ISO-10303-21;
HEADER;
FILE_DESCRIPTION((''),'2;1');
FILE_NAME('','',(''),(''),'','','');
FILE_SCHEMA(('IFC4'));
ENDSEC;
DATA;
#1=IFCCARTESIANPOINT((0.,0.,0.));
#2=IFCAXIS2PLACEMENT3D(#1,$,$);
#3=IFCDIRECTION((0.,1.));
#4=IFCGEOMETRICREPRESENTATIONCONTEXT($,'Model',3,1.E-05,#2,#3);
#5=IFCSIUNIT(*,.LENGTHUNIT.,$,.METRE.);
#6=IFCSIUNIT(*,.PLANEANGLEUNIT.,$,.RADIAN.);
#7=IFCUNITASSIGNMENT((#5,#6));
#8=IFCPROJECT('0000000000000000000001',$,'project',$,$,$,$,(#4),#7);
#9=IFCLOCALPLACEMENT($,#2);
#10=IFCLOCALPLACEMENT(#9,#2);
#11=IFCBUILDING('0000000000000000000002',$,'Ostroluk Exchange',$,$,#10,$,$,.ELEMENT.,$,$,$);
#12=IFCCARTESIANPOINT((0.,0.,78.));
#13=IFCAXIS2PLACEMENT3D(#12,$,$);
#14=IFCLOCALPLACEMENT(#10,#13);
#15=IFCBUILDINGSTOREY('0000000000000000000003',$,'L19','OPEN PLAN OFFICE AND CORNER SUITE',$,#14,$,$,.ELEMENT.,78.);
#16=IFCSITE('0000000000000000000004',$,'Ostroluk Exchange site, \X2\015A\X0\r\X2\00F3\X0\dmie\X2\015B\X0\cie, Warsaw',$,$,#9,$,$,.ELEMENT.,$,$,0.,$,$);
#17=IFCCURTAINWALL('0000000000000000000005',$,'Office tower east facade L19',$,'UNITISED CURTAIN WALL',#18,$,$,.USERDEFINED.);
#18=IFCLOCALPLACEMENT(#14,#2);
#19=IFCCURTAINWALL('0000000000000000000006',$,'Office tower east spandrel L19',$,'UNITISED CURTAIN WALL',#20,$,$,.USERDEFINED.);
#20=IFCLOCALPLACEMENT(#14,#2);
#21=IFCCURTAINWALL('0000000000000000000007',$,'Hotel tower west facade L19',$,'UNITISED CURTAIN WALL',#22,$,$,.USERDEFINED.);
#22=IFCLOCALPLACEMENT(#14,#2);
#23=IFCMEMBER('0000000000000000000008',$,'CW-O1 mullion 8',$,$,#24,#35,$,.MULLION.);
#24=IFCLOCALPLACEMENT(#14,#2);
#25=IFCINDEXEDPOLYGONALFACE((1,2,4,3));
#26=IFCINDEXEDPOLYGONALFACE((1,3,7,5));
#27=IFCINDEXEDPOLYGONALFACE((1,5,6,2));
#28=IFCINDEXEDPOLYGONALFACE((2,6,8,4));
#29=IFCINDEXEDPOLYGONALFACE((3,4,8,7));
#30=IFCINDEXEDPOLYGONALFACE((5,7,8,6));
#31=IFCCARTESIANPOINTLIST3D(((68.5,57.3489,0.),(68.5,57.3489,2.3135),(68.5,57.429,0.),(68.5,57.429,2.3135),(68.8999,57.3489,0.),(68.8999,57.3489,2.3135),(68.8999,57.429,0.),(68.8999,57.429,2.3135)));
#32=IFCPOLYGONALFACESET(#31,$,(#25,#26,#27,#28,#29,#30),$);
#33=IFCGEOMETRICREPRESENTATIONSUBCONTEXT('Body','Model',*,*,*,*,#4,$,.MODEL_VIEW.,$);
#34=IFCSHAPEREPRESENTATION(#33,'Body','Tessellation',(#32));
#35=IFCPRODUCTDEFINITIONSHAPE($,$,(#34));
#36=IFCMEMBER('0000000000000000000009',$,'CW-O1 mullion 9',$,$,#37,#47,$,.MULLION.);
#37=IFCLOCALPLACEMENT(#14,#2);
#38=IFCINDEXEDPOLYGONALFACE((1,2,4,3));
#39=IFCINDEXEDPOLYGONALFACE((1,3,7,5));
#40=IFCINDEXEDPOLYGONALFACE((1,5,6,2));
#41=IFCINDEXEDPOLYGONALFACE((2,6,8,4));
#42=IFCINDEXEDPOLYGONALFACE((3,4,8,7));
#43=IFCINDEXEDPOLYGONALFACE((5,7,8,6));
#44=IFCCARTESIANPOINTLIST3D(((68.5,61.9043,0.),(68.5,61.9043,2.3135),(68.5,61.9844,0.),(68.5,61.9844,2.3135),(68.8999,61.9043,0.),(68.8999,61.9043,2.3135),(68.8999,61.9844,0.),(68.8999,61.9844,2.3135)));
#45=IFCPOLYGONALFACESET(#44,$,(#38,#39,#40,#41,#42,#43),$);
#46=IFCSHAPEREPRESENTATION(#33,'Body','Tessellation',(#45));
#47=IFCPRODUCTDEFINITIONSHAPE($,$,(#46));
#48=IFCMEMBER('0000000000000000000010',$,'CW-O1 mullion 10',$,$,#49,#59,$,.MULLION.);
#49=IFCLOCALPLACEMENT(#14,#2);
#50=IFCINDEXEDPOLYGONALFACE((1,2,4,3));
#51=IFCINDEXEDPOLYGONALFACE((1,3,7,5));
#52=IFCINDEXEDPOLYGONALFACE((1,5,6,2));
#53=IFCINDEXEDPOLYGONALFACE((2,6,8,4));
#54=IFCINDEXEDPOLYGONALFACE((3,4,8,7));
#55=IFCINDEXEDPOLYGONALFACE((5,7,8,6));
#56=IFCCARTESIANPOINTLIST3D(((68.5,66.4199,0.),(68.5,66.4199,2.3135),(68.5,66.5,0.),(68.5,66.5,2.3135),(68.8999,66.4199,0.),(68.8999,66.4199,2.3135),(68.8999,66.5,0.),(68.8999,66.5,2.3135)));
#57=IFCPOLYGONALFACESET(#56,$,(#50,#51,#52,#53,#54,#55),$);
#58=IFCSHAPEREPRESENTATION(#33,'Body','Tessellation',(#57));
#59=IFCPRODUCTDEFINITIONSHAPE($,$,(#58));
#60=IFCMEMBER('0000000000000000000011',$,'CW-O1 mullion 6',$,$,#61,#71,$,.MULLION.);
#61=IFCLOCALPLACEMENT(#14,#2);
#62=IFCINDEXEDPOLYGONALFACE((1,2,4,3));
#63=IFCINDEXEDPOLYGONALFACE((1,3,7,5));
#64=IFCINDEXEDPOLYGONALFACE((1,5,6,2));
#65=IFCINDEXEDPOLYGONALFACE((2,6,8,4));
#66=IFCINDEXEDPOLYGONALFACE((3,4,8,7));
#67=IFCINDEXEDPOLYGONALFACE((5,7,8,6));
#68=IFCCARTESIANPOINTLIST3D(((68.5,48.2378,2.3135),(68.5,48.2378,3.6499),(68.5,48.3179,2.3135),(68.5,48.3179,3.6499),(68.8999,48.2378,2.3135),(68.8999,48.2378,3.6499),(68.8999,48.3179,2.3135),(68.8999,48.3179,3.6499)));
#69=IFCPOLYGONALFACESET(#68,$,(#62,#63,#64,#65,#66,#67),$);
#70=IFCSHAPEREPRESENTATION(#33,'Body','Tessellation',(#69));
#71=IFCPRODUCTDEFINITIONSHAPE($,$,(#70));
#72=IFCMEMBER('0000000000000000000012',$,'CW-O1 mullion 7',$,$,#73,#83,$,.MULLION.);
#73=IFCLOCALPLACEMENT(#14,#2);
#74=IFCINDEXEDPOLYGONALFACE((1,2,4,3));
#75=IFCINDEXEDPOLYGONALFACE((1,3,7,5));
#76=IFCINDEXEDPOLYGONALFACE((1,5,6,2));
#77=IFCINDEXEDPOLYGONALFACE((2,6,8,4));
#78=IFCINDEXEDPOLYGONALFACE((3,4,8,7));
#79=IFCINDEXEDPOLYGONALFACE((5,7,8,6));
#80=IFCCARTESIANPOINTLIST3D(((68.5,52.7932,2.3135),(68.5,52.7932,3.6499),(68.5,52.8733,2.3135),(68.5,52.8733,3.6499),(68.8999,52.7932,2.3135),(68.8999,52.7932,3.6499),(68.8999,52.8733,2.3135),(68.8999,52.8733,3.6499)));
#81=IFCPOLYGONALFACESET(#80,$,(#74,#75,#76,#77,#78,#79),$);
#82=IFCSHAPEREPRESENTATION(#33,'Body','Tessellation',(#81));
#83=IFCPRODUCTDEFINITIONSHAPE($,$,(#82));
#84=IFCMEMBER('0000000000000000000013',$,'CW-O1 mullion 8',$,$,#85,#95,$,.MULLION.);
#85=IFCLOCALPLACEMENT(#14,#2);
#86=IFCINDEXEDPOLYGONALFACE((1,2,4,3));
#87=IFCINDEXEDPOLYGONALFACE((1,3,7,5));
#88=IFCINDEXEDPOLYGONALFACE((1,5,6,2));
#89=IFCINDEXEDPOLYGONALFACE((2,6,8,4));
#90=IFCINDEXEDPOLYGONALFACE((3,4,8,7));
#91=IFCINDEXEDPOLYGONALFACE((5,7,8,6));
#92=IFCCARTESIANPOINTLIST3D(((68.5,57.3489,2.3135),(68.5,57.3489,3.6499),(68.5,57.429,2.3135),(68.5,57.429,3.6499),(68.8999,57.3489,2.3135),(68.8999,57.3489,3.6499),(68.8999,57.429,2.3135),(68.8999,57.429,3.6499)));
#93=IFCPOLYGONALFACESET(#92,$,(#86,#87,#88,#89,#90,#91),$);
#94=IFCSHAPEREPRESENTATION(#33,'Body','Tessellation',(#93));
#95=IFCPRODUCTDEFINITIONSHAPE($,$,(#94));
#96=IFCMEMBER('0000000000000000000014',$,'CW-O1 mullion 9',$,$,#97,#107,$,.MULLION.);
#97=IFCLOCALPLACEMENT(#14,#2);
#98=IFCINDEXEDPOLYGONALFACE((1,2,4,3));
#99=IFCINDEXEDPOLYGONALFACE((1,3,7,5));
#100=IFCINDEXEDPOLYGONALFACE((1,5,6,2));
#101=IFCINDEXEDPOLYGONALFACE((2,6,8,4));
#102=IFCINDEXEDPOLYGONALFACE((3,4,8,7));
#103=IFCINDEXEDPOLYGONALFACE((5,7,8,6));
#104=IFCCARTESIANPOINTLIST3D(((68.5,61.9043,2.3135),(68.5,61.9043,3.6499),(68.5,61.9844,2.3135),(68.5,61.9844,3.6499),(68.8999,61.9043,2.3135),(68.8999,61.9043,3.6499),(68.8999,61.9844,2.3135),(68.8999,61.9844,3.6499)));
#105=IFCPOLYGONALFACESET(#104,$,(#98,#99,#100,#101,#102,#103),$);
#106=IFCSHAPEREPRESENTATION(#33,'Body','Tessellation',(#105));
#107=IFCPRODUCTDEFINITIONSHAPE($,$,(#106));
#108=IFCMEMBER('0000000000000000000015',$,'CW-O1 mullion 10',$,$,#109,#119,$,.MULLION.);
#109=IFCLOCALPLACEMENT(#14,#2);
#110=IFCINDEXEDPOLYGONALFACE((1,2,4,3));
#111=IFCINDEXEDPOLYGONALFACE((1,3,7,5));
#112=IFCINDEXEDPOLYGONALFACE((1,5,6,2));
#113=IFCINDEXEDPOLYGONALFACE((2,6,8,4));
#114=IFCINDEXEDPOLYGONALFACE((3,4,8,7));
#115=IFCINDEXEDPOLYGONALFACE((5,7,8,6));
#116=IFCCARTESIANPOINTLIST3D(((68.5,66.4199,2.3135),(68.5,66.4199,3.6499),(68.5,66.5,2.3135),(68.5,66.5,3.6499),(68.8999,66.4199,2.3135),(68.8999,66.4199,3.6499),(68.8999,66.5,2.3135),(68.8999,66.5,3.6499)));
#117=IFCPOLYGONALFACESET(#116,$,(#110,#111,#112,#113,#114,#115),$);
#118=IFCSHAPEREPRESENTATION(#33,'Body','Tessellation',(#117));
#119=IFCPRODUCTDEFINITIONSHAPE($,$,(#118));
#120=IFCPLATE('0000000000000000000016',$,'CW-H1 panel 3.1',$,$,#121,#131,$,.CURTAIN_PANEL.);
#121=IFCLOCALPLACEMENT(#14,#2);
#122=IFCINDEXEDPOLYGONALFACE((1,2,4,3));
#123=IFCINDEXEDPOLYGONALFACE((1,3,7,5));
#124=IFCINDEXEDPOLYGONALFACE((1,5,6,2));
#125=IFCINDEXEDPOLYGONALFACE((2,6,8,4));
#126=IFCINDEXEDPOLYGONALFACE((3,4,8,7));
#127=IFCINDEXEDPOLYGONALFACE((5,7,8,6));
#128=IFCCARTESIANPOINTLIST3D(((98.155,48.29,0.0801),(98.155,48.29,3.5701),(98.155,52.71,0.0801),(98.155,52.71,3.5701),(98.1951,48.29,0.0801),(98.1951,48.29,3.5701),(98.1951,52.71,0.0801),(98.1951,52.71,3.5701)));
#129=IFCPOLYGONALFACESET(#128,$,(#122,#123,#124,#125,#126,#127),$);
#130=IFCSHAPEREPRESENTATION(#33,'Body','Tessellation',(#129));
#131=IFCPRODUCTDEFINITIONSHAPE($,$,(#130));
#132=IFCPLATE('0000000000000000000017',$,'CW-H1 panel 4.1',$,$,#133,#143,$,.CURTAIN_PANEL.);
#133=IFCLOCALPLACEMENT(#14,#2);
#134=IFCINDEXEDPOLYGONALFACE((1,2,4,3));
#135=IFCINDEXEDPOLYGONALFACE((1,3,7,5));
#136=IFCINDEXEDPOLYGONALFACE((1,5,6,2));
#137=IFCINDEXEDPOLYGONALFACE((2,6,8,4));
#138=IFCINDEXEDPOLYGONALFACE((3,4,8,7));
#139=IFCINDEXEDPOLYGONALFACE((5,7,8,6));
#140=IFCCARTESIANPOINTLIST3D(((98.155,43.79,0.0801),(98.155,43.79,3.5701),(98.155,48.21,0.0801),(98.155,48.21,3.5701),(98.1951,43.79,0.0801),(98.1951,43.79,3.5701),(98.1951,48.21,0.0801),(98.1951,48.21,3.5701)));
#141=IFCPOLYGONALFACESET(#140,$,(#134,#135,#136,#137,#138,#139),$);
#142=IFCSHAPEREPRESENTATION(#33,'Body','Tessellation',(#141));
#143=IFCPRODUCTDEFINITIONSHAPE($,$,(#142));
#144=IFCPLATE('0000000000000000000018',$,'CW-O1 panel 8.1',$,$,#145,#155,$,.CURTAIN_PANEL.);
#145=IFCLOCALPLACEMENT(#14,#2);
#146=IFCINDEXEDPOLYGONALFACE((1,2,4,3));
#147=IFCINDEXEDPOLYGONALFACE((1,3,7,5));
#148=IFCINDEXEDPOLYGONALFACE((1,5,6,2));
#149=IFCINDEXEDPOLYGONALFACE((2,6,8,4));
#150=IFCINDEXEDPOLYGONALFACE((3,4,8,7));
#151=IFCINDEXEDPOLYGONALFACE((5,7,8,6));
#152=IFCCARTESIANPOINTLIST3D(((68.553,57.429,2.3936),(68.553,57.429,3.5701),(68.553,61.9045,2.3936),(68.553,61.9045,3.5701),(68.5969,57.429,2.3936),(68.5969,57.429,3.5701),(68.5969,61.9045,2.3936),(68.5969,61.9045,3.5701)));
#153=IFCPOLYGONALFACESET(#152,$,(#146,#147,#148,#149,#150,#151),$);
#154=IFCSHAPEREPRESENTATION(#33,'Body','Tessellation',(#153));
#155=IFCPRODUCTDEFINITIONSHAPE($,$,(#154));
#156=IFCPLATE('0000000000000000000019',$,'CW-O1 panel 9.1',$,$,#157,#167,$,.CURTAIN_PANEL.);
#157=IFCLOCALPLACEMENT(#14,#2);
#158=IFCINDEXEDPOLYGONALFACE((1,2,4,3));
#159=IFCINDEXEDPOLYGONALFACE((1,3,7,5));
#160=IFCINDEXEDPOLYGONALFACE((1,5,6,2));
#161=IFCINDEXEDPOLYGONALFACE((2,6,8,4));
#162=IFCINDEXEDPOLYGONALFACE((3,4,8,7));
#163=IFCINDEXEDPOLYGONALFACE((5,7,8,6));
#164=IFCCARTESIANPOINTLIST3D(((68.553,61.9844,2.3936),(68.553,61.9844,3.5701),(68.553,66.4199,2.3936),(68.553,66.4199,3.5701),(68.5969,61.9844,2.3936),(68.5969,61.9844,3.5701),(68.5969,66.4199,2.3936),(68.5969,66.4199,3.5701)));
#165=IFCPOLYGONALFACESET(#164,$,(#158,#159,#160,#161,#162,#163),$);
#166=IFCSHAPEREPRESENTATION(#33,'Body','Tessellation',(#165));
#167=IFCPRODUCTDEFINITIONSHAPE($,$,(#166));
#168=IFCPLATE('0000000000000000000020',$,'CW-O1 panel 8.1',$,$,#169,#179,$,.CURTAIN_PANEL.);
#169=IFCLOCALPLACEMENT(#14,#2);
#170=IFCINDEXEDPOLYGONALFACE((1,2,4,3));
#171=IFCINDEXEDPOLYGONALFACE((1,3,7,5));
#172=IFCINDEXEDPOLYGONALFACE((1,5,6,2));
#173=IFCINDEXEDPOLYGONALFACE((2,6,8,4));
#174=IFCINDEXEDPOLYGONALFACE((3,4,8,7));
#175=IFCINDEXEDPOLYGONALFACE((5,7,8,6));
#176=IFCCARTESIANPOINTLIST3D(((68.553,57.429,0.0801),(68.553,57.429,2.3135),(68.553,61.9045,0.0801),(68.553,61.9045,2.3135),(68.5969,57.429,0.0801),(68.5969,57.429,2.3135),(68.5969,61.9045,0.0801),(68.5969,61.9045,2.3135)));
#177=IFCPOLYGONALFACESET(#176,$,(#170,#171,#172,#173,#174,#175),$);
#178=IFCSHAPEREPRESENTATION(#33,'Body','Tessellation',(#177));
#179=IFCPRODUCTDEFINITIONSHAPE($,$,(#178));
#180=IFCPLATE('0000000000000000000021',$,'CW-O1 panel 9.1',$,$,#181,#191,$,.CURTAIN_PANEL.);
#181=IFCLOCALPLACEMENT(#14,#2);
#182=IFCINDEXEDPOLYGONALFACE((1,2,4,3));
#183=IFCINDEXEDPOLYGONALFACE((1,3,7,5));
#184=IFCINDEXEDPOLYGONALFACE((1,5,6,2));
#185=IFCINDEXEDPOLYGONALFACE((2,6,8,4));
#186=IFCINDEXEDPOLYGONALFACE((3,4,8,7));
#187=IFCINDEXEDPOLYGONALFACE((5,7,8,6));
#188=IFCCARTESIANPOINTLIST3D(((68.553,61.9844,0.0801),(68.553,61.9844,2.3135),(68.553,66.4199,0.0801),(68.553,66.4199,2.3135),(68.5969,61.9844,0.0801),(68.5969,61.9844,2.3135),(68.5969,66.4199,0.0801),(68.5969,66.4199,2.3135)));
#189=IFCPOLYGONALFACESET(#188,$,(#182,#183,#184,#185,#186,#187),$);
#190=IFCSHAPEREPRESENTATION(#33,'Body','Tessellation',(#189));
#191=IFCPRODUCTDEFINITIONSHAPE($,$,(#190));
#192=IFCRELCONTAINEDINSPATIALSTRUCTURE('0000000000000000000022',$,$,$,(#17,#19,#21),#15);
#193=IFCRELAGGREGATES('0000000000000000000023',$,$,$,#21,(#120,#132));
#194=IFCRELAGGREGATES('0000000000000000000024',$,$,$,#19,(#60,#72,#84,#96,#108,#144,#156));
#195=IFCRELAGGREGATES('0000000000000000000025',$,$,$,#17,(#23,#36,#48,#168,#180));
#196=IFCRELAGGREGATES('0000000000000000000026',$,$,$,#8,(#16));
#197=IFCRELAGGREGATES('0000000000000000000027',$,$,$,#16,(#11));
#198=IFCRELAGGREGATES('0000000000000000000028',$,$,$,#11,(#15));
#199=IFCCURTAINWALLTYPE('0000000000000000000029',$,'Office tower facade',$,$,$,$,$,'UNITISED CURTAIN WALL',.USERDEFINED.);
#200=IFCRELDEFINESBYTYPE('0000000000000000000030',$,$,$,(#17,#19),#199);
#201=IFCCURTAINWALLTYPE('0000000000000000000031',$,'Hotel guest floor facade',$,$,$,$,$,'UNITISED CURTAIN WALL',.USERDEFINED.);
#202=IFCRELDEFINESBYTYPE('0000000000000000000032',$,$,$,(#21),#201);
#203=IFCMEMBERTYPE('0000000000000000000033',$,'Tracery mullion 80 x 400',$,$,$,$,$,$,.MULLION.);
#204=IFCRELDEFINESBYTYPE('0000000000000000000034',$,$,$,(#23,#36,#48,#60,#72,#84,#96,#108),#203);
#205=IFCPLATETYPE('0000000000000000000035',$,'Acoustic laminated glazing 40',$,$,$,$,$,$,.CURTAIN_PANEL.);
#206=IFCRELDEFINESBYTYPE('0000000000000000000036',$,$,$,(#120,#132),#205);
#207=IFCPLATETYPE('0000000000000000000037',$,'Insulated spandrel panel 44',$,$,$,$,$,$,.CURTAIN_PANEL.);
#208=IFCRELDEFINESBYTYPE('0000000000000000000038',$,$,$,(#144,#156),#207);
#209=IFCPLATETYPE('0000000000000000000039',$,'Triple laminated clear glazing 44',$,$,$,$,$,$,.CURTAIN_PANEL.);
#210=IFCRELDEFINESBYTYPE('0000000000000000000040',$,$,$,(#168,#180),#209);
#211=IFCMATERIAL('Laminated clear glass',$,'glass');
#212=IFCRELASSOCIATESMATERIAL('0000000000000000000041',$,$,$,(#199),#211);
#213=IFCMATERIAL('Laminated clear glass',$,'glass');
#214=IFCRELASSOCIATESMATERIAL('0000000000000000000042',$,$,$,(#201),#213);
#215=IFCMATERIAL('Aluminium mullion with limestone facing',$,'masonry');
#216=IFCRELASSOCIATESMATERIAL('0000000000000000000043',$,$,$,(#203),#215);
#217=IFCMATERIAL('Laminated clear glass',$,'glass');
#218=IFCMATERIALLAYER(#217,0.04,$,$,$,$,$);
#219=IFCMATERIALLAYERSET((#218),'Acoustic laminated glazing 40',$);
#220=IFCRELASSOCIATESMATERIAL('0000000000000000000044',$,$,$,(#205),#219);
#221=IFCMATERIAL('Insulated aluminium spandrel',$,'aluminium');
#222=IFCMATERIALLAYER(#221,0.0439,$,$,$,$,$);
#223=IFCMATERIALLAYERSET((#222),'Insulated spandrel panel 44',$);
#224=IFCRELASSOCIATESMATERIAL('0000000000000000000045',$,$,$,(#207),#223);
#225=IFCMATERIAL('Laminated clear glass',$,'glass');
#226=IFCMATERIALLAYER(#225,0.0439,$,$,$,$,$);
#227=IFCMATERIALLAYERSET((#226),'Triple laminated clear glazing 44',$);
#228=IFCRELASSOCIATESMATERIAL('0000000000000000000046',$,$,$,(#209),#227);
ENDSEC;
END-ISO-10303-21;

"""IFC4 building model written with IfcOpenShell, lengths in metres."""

from ifc_helpers import new_model, si_unit, direction, frame, origin, origin_2d, place, context, subcontext, project, spatial, rectangle, extrude, material, layer, layer_set, material_profile, profile_set, type_object, element, aggregate, save


model = new_model("IFC4")

# Units and contexts
model_context = context("Model", 3, precision=1e-05, world=origin(), true_north=direction((0.0, 1.0)))
body_context = subcontext(model_context, "Body", "Model", "MODEL_VIEW")
ifc_project = project(units=[si_unit("LENGTHUNIT", "METRE"), si_unit("PLANEANGLEUNIT", "RADIAN")], contexts=[model_context])

# Site, building, storey
site_placement = place(None, origin())
site = spatial("IfcSite", under=ifc_project, at=site_placement, Name="Ostroluk Exchange site, Śródmieście, Warsaw", CompositionType="ELEMENT", RefElevation=0.0)
building_placement = place(site_placement, origin())
building = spatial("IfcBuilding", under=site, at=building_placement, Name="Ostroluk Exchange", CompositionType="ELEMENT")
storey_placement = place(building_placement, frame((0.0, 0.0, 78.0)))
storey = spatial("IfcBuildingStorey", under=building, at=storey_placement, Name="L19", Description="OPEN PLAN OFFICE AND CORNER SUITE", CompositionType="ELEMENT", Elevation=78.0)

# Curtain wall
ifc_material_1 = material(Name="Laminated clear glass", Category="glass")
curtain_wall_type_1 = type_object("IfcCurtainWallType", Name="Office tower facade", ElementType="UNITISED CURTAIN WALL", PredefinedType="USERDEFINED", material=ifc_material_1)
curtain_wall_1_placement = place(storey_placement, origin())
curtain_wall_1 = element("IfcCurtainWall", 1, at=curtain_wall_1_placement, inside=storey, type_object=curtain_wall_type_1, Name="Office tower east facade L19", ObjectType="UNITISED CURTAIN WALL", PredefinedType="USERDEFINED")

# Curtain walls
curtain_wall_2_placement = place(storey_placement, origin())
curtain_wall_2 = element("IfcCurtainWall", 2, at=curtain_wall_2_placement, inside=storey, type_object=curtain_wall_type_1, Name="Office tower east spandrel L19", ObjectType="UNITISED CURTAIN WALL", PredefinedType="USERDEFINED")
ifc_material_2 = material(Name="Laminated clear glass", Category="glass")
curtain_wall_type_2 = type_object("IfcCurtainWallType", Name="Hotel guest floor facade", ElementType="UNITISED CURTAIN WALL", PredefinedType="USERDEFINED", material=ifc_material_2)
curtain_wall_3_placement = place(storey_placement, origin())
curtain_wall_3 = element("IfcCurtainWall", 3, at=curtain_wall_3_placement, inside=storey, type_object=curtain_wall_type_2, Name="Hotel tower west facade L19", ObjectType="UNITISED CURTAIN WALL", PredefinedType="USERDEFINED")

# Members
ifc_material_3 = material(Name="Aluminium mullion with limestone facing", Category="masonry")
ifc_material_profile_1 = material_profile(ifc_material_3, rectangle(XDim=0.3999, YDim=0.0801, at=origin_2d()), Name="Tracery mullion 80 x 400")
ifc_profile_set_1 = profile_set([ifc_material_profile_1], Name="Aluminium mullion with limestone facing")
member_type_1 = type_object("IfcMemberType", Name="Tracery mullion 80 x 400", PredefinedType="MULLION", material=ifc_profile_set_1)
member_1_placement = place(storey_placement, frame((68.7, 57.3889, 0.0), z_axis=(0.0, 0.0, 1.0), x_axis=(-1.0, 0.0, 0.0)))
member_1 = element("IfcMember", 4, at=member_1_placement, type_object=member_type_1, Name="CW-O1 mullion 8", PredefinedType="MULLION", context=body_context, shape_type="SweptSolid", body=[
    extrude(rectangle(XDim=0.3999, YDim=0.0801, at=origin_2d()), origin(), (0.0, 0.0, 1.0), 2.3135),
])
member_2_placement = place(storey_placement, frame((68.7, 61.9443, 0.0), z_axis=(0.0, 0.0, 1.0), x_axis=(-1.0, 0.0, 0.0)))
member_2 = element("IfcMember", 5, at=member_2_placement, type_object=member_type_1, Name="CW-O1 mullion 9", PredefinedType="MULLION", context=body_context, shape_type="SweptSolid", body=[
    extrude(rectangle(XDim=0.3999, YDim=0.0801, at=origin_2d()), origin(), (0.0, 0.0, 1.0), 2.3135),
])
member_3_placement = place(storey_placement, frame((68.7, 66.46, 0.0), z_axis=(0.0, 0.0, 1.0), x_axis=(-1.0, 0.0, 0.0)))
member_3 = element("IfcMember", 6, at=member_3_placement, type_object=member_type_1, Name="CW-O1 mullion 10", PredefinedType="MULLION", context=body_context, shape_type="SweptSolid", body=[
    extrude(rectangle(XDim=0.3999, YDim=0.0801, at=origin_2d()), origin(), (0.0, 0.0, 1.0), 2.3135),
])
member_4_placement = place(storey_placement, frame((68.7, 48.2778, 2.3135), z_axis=(0.0, 0.0, 1.0), x_axis=(-1.0, 0.0, 0.0)))
member_4 = element("IfcMember", 7, at=member_4_placement, type_object=member_type_1, Name="CW-O1 mullion 6", PredefinedType="MULLION", context=body_context, shape_type="SweptSolid", body=[
    extrude(rectangle(XDim=0.3999, YDim=0.0801, at=origin_2d()), origin(), (0.0, 0.0, 1.0), 1.3364),
])
member_5_placement = place(storey_placement, frame((68.7, 52.8333, 2.3135), z_axis=(0.0, 0.0, 1.0), x_axis=(-1.0, 0.0, 0.0)))
member_5 = element("IfcMember", 8, at=member_5_placement, type_object=member_type_1, Name="CW-O1 mullion 7", PredefinedType="MULLION", context=body_context, shape_type="SweptSolid", body=[
    extrude(rectangle(XDim=0.3999, YDim=0.0801, at=origin_2d()), origin(), (0.0, 0.0, 1.0), 1.3364),
])
member_6_placement = place(storey_placement, frame((68.7, 57.3889, 2.3135), z_axis=(0.0, 0.0, 1.0), x_axis=(-1.0, 0.0, 0.0)))
member_6 = element("IfcMember", 9, at=member_6_placement, type_object=member_type_1, Name="CW-O1 mullion 8", PredefinedType="MULLION", context=body_context, shape_type="SweptSolid", body=[
    extrude(rectangle(XDim=0.3999, YDim=0.0801, at=origin_2d()), origin(), (0.0, 0.0, 1.0), 1.3364),
])
member_7_placement = place(storey_placement, frame((68.7, 61.9443, 2.3135), z_axis=(0.0, 0.0, 1.0), x_axis=(-1.0, 0.0, 0.0)))
member_7 = element("IfcMember", 10, at=member_7_placement, type_object=member_type_1, Name="CW-O1 mullion 9", PredefinedType="MULLION", context=body_context, shape_type="SweptSolid", body=[
    extrude(rectangle(XDim=0.3999, YDim=0.0801, at=origin_2d()), origin(), (0.0, 0.0, 1.0), 1.3364),
])
member_8_placement = place(storey_placement, frame((68.7, 66.46, 2.3135), z_axis=(0.0, 0.0, 1.0), x_axis=(-1.0, 0.0, 0.0)))
member_8 = element("IfcMember", 11, at=member_8_placement, type_object=member_type_1, Name="CW-O1 mullion 10", PredefinedType="MULLION", context=body_context, shape_type="SweptSolid", body=[
    extrude(rectangle(XDim=0.3999, YDim=0.0801, at=origin_2d()), origin(), (0.0, 0.0, 1.0), 1.3364),
])

# Plates
ifc_material_4 = material(Name="Laminated clear glass", Category="glass")
ifc_layer_1 = layer(ifc_material_4, 0.04)
ifc_layer_set_1 = layer_set([ifc_layer_1], Name="Acoustic laminated glazing 40")
plate_type_1 = type_object("IfcPlateType", Name="Acoustic laminated glazing 40", PredefinedType="CURTAIN_PANEL", material=ifc_layer_set_1)
plate_1_placement = place(storey_placement, frame((98.175, 50.5, 0.0801), z_axis=(0.0, 0.0, 1.0), x_axis=(0.0, -1.0, 0.0)))
plate_1 = element("IfcPlate", 12, at=plate_1_placement, type_object=plate_type_1, Name="CW-H1 panel 3.1", PredefinedType="CURTAIN_PANEL", context=body_context, shape_type="SweptSolid", body=[
    extrude(rectangle(XDim=4.4199, YDim=0.04, at=origin_2d()), origin(), (0.0, 0.0, 1.0), 3.49),
])
plate_2_placement = place(storey_placement, frame((98.175, 46.0, 0.0801), z_axis=(0.0, 0.0, 1.0), x_axis=(0.0, -1.0, 0.0)))
plate_2 = element("IfcPlate", 13, at=plate_2_placement, type_object=plate_type_1, Name="CW-H1 panel 4.1", PredefinedType="CURTAIN_PANEL", context=body_context, shape_type="SweptSolid", body=[
    extrude(rectangle(XDim=4.4199, YDim=0.04, at=origin_2d()), origin(), (0.0, 0.0, 1.0), 3.49),
])
aggregate(curtain_wall_3, [plate_1, plate_2])
ifc_material_5 = material(Name="Insulated aluminium spandrel", Category="aluminium")
ifc_layer_2 = layer(ifc_material_5, 0.0439)
ifc_layer_set_2 = layer_set([ifc_layer_2], Name="Insulated spandrel panel 44")
plate_type_2 = type_object("IfcPlateType", Name="Insulated spandrel panel 44", PredefinedType="CURTAIN_PANEL", material=ifc_layer_set_2)
plate_3_placement = place(storey_placement, frame((68.575, 59.6667, 2.3936), z_axis=(0.0, 0.0, 1.0), x_axis=(0.0, 1.0, 0.0)))
plate_3 = element("IfcPlate", 14, at=plate_3_placement, type_object=plate_type_2, Name="CW-O1 panel 8.1", PredefinedType="CURTAIN_PANEL", context=body_context, shape_type="SweptSolid", body=[
    extrude(rectangle(XDim=4.4756, YDim=0.0439, at=origin_2d()), origin(), (0.0, 0.0, 1.0), 1.1765),
])
plate_4_placement = place(storey_placement, frame((68.575, 64.2021, 2.3936), z_axis=(0.0, 0.0, 1.0), x_axis=(0.0, 1.0, 0.0)))
plate_4 = element("IfcPlate", 15, at=plate_4_placement, type_object=plate_type_2, Name="CW-O1 panel 9.1", PredefinedType="CURTAIN_PANEL", context=body_context, shape_type="SweptSolid", body=[
    extrude(rectangle(XDim=4.4355, YDim=0.0439, at=origin_2d()), origin(), (0.0, 0.0, 1.0), 1.1765),
])
aggregate(curtain_wall_2, [member_4, member_5, member_6, member_7, member_8, plate_3, plate_4])
ifc_material_6 = material(Name="Laminated clear glass", Category="glass")
ifc_layer_3 = layer(ifc_material_6, 0.0439)
ifc_layer_set_3 = layer_set([ifc_layer_3], Name="Triple laminated clear glazing 44")
plate_type_3 = type_object("IfcPlateType", Name="Triple laminated clear glazing 44", PredefinedType="CURTAIN_PANEL", material=ifc_layer_set_3)
plate_5_placement = place(storey_placement, frame((68.575, 59.6667, 0.0801), z_axis=(0.0, 0.0, 1.0), x_axis=(0.0, 1.0, 0.0)))
plate_5 = element("IfcPlate", 16, at=plate_5_placement, type_object=plate_type_3, Name="CW-O1 panel 8.1", PredefinedType="CURTAIN_PANEL", context=body_context, shape_type="SweptSolid", body=[
    extrude(rectangle(XDim=4.4756, YDim=0.0439, at=origin_2d()), origin(), (0.0, 0.0, 1.0), 2.2334),
])
plate_6_placement = place(storey_placement, frame((68.575, 64.2021, 0.0801), z_axis=(0.0, 0.0, 1.0), x_axis=(0.0, 1.0, 0.0)))
plate_6 = element("IfcPlate", 17, at=plate_6_placement, type_object=plate_type_3, Name="CW-O1 panel 9.1", PredefinedType="CURTAIN_PANEL", context=body_context, shape_type="SweptSolid", body=[
    extrude(rectangle(XDim=4.4355, YDim=0.0439, at=origin_2d()), origin(), (0.0, 0.0, 1.0), 2.2334),
])
aggregate(curtain_wall_1, [member_1, member_2, member_3, plate_5, plate_6])

save(model, "model.ifc")
